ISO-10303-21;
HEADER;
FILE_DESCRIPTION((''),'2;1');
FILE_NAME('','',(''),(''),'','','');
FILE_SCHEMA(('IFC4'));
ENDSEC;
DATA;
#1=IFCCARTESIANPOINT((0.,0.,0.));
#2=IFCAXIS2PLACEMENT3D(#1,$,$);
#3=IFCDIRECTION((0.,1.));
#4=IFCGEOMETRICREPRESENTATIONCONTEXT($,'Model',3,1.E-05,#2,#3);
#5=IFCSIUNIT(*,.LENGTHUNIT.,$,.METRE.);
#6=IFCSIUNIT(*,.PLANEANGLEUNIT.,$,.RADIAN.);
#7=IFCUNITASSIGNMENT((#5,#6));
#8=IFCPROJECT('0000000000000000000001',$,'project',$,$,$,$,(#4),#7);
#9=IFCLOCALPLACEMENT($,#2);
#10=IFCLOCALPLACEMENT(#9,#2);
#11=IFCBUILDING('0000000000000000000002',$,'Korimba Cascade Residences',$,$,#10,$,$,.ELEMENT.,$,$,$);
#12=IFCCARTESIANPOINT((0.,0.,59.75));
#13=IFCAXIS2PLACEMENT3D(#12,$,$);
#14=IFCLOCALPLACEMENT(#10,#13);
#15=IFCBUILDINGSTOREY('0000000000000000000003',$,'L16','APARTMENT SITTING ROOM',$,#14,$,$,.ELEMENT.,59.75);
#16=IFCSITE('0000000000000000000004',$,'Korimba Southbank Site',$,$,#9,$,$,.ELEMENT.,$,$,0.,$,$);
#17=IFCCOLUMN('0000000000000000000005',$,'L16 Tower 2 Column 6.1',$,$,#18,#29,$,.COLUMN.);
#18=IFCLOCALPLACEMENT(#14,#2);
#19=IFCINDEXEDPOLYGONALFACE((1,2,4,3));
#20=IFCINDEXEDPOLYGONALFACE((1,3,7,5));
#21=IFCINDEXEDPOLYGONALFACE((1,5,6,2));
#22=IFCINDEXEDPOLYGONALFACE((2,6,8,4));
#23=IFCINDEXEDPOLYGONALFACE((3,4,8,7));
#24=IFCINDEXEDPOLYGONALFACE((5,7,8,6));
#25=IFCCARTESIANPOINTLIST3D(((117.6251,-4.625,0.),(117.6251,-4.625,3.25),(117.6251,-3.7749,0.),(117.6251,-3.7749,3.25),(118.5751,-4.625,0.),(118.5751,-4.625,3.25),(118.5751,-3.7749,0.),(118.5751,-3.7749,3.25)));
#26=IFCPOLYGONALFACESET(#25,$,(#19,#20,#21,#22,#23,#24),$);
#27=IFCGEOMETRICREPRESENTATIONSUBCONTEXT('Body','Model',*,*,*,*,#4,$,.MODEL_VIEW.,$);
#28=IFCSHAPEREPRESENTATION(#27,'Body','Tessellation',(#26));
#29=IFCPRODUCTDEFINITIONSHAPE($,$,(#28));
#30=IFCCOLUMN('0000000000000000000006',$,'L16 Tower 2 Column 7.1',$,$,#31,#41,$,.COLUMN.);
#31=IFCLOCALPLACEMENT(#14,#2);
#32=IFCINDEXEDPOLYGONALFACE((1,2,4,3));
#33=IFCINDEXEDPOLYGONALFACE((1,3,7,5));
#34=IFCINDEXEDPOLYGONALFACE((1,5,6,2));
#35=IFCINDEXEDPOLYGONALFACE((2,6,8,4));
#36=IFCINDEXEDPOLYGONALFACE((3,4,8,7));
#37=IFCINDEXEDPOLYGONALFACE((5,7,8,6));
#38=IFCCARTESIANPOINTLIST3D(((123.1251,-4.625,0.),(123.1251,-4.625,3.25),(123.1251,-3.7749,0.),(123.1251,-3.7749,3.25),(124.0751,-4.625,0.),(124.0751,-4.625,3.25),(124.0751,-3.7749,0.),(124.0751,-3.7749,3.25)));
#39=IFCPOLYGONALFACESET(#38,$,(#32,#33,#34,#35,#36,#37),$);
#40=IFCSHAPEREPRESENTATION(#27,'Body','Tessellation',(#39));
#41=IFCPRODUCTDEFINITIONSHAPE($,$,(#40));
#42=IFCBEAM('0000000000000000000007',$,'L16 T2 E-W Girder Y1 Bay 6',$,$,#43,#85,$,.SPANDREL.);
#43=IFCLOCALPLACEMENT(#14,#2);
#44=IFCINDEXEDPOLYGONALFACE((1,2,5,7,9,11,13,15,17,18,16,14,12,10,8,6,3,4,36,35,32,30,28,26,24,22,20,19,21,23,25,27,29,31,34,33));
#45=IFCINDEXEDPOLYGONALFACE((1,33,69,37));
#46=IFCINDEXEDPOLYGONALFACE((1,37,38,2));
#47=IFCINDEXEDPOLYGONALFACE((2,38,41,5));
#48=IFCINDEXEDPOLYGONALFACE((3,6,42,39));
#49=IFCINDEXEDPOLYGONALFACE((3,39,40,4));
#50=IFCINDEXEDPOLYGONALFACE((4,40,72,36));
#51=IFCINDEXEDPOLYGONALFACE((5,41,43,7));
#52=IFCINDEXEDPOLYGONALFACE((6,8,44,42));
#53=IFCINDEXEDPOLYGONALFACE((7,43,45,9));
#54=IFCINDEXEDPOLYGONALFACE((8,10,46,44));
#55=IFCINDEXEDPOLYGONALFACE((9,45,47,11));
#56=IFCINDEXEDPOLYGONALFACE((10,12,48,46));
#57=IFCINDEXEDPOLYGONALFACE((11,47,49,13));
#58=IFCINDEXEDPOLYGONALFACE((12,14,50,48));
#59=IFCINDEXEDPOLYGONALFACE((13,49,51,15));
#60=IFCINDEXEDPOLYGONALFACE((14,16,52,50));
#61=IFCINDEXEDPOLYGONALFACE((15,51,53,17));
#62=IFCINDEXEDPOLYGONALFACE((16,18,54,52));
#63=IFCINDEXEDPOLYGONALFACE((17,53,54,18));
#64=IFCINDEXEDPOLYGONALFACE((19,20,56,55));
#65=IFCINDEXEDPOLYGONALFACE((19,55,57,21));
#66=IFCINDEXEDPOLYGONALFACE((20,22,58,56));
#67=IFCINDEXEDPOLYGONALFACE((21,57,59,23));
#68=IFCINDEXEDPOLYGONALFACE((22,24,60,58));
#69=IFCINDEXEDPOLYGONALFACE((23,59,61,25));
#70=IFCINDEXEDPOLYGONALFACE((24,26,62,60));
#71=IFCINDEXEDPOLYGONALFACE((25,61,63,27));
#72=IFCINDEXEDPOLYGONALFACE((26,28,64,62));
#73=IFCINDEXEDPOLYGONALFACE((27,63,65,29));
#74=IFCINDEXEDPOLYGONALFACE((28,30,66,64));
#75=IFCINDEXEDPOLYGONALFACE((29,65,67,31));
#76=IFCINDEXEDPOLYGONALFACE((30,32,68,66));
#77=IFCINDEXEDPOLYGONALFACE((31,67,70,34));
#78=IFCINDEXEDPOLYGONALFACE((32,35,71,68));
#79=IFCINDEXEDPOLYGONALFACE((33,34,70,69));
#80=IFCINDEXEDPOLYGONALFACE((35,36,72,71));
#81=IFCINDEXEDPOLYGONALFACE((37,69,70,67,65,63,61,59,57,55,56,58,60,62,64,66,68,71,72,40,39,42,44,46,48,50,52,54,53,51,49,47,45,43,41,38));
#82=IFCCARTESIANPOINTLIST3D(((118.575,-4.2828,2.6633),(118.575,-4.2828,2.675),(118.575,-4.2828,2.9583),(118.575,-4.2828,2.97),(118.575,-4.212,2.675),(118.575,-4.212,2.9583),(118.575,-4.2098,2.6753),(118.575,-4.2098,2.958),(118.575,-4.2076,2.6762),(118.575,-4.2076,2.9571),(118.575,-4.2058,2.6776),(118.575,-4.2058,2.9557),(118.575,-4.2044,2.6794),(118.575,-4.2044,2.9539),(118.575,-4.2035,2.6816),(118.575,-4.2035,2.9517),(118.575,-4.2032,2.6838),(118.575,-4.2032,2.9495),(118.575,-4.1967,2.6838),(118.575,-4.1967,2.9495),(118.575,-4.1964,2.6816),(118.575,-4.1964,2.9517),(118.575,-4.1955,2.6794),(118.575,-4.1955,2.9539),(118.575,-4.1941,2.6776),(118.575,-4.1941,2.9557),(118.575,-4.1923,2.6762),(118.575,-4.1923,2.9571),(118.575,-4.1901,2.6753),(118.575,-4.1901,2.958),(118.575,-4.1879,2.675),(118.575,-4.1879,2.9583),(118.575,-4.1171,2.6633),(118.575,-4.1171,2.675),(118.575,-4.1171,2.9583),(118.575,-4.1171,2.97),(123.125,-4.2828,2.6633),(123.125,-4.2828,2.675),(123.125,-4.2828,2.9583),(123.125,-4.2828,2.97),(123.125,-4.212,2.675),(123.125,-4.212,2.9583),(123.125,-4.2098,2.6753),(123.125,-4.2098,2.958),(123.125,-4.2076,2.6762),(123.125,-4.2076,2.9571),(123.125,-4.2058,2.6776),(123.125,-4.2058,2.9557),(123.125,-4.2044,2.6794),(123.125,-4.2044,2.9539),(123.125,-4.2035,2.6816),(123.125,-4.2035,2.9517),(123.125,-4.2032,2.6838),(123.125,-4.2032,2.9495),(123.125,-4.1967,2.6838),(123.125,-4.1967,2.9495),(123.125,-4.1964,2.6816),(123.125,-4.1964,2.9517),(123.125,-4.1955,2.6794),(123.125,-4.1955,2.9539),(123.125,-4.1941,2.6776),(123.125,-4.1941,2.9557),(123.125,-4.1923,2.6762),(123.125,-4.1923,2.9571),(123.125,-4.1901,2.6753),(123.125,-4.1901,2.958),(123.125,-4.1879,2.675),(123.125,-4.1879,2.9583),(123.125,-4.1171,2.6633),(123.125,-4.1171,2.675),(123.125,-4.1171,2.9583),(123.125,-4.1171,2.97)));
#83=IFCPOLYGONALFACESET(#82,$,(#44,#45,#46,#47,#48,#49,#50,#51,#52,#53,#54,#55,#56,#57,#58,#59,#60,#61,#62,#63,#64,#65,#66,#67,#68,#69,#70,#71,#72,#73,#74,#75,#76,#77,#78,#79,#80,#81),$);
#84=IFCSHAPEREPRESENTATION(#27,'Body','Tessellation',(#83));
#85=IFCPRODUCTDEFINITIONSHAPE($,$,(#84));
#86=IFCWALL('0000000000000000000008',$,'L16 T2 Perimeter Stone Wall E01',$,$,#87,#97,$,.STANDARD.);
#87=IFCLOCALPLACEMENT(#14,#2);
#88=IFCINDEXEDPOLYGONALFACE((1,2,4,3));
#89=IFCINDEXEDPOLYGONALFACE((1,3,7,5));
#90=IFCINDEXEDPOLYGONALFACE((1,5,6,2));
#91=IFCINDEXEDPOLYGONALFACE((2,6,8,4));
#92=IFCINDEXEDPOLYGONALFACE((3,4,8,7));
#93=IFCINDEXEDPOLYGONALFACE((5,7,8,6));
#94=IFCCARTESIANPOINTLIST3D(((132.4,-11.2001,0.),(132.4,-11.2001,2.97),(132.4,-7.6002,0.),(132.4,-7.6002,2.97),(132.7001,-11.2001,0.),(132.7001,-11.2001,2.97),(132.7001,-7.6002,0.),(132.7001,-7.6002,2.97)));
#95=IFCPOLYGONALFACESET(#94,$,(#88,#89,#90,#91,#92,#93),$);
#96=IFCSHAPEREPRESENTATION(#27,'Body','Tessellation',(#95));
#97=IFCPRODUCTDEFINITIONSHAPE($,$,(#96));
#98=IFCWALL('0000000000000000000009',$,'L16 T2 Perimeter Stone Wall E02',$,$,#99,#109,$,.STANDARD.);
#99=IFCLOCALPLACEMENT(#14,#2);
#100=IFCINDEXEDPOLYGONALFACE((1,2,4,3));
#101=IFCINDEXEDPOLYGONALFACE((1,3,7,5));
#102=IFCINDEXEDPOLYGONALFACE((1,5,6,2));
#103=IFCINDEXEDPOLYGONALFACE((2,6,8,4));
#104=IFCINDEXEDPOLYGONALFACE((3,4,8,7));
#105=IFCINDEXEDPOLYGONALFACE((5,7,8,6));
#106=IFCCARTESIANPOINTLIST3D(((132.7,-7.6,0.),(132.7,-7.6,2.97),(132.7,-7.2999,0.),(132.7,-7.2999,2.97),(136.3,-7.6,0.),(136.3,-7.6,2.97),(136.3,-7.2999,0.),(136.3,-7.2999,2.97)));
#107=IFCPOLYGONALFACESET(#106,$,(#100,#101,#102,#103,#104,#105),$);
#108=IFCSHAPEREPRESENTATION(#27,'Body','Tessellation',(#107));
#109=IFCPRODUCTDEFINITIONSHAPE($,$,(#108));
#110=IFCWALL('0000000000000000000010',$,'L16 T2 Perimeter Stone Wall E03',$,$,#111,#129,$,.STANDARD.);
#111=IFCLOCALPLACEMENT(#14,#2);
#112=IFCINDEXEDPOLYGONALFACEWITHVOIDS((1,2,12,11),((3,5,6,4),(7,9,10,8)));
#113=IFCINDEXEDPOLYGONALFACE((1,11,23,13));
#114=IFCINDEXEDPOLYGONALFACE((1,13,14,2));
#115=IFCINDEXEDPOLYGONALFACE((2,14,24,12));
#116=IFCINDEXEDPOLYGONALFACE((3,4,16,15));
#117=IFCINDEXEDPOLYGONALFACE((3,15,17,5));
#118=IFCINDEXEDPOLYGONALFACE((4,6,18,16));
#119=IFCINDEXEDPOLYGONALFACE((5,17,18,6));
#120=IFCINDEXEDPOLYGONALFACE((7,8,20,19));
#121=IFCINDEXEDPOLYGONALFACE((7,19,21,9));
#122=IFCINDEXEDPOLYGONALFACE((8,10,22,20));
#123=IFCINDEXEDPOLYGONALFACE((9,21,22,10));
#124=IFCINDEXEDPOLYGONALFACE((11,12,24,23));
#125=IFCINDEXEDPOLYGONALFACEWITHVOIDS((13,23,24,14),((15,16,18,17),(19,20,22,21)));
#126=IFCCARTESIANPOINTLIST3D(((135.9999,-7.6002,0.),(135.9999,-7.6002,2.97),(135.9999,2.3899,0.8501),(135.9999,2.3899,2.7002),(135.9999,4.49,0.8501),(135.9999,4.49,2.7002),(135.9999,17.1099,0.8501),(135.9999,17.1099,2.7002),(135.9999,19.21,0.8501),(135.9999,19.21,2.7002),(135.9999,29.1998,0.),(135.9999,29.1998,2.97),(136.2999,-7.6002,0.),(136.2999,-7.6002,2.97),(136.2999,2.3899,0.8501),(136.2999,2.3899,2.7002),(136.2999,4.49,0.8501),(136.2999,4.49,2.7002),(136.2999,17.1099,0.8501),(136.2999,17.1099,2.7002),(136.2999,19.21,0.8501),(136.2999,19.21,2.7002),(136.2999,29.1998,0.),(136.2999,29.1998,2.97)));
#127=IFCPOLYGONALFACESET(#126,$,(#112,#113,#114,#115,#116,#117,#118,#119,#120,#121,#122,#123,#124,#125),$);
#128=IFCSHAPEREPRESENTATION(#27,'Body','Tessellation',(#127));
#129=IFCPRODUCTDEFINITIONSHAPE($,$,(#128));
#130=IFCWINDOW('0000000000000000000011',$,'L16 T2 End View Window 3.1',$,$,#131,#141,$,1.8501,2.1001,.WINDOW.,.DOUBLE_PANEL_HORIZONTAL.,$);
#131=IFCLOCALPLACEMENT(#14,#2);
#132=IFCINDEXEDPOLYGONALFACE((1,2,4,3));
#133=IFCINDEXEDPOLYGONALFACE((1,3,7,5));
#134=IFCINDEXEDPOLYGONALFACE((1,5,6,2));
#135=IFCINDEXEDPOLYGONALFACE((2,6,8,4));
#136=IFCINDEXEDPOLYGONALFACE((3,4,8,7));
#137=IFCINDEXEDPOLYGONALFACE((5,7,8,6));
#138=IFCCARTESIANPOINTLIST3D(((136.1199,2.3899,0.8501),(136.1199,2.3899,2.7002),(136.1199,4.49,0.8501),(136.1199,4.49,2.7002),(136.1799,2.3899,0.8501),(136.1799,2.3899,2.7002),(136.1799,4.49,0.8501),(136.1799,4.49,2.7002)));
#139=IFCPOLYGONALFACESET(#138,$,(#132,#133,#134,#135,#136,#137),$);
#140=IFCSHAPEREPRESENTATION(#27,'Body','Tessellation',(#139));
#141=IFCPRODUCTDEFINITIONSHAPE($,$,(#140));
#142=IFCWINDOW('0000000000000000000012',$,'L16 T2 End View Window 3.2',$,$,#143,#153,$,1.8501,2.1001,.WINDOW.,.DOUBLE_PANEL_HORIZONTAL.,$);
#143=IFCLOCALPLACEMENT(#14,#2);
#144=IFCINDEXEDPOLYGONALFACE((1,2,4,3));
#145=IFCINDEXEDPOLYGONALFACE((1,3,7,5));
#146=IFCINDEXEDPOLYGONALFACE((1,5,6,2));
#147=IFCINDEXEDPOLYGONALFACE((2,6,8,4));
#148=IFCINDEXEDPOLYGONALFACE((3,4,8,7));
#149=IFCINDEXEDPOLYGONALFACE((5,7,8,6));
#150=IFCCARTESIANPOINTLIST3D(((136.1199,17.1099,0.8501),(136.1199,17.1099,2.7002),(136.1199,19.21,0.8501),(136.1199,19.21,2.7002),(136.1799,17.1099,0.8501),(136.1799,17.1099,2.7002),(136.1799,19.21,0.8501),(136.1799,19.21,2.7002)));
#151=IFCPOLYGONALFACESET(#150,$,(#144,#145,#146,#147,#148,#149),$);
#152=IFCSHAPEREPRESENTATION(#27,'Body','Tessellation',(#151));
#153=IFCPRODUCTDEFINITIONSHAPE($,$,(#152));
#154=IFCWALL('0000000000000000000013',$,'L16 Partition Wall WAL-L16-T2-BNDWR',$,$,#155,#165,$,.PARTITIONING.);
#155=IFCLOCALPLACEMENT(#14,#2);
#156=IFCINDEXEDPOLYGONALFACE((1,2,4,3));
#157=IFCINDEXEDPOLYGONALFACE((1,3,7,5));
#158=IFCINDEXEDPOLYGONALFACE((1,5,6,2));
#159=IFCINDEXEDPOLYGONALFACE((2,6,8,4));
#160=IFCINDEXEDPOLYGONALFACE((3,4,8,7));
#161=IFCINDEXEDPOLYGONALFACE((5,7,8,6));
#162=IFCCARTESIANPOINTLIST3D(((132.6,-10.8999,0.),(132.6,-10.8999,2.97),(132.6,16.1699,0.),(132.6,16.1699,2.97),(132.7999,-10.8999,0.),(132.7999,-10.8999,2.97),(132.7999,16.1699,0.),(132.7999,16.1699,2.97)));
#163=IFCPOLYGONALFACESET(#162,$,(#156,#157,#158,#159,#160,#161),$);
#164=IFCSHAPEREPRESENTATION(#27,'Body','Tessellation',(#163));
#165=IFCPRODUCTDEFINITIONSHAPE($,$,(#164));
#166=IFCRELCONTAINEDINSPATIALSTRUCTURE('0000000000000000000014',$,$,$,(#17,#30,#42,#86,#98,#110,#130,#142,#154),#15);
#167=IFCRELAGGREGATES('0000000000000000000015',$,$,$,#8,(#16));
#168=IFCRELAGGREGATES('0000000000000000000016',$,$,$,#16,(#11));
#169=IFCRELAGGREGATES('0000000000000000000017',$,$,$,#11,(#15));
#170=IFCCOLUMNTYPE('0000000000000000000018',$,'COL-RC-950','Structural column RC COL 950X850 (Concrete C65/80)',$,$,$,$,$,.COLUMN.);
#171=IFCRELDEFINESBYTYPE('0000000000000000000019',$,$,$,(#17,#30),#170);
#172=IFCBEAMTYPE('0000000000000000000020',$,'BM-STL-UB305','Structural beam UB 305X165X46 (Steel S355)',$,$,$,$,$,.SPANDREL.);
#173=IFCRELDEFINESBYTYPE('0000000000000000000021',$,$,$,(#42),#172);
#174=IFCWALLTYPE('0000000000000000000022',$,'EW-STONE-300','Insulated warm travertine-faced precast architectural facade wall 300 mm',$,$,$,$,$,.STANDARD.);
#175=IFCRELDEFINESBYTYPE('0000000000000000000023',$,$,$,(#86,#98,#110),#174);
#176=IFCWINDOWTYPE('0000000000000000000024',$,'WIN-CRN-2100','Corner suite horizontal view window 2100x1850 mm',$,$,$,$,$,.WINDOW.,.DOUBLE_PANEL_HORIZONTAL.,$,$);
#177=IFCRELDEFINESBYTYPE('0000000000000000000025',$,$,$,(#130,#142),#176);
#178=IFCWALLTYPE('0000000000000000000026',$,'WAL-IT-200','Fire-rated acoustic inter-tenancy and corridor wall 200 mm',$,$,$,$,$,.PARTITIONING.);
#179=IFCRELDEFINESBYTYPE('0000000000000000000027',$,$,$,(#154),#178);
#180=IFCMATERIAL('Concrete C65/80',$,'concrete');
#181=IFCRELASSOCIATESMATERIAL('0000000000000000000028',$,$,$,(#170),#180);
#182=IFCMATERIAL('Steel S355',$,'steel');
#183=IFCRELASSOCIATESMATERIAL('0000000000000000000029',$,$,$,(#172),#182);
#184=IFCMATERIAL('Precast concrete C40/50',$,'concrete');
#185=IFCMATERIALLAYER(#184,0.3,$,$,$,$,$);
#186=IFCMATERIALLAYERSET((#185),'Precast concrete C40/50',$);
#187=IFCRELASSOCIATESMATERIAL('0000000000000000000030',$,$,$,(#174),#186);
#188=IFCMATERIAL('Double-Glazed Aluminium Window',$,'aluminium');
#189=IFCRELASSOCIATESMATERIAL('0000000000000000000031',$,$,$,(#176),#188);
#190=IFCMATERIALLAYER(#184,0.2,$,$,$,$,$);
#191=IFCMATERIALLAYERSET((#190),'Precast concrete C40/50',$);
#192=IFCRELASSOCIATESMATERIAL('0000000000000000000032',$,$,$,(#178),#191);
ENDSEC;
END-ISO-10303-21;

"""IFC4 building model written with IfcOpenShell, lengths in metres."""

from ifc_helpers import new_model, si_unit, direction, frame, frame_2d, origin, origin_2d, place, context, subcontext, project, spatial, rectangle, i_section, extrude, material, layer, layer_set, material_profile, profile_set, type_object, element, fill, save


model = new_model("IFC4")

# Units and contexts
model_context = context("Model", 3, precision=1e-05, world=origin(), true_north=direction((0.0, 1.0)))
body_context = subcontext(model_context, "Body", "Model", "MODEL_VIEW")
ifc_project = project(units=[si_unit("LENGTHUNIT", "METRE"), si_unit("PLANEANGLEUNIT", "RADIAN")], contexts=[model_context])

# Site, building, storey
site_placement = place(None, origin())
site = spatial("IfcSite", under=ifc_project, at=site_placement, Name="Korimba Southbank Site", CompositionType="ELEMENT", RefElevation=0.0)
building_placement = place(site_placement, origin())
building = spatial("IfcBuilding", under=site, at=building_placement, Name="Korimba Cascade Residences", CompositionType="ELEMENT")
storey_placement = place(building_placement, frame((0.0, 0.0, 59.75)))
storey = spatial("IfcBuildingStorey", under=building, at=storey_placement, Name="L16", Description="APARTMENT SITTING ROOM", CompositionType="ELEMENT", Elevation=59.75)

# Columns
ifc_material_1 = material(Name="Concrete C65/80", Category="concrete")
ifc_material_profile_1 = material_profile(ifc_material_1, rectangle(XDim=0.95, YDim=0.8501, at=origin_2d()), Name="Concrete C65/80")
ifc_profile_set_1 = profile_set([ifc_material_profile_1], Name="Concrete C65/80")
column_type = type_object("IfcColumnType", Name="COL-RC-950", Description="Structural column RC COL 950X850 (Concrete C65/80)", PredefinedType="COLUMN", material=ifc_profile_set_1)
for number, where, z_axis, x_axis, name in (
    (1, (118.1001, -4.2, 0.0), (0.0, 0.0, 1.0), (1.0, 0.0, 0.0), "L16 Tower 2 Column 6.1"),
    (2, (123.6001, -4.2, 0.0), (0.0, 0.0, 1.0), (1.0, 0.0, 0.0), "L16 Tower 2 Column 7.1"),
):
    element("IfcColumn", number, at=place(storey_placement, frame(where, z_axis=z_axis, x_axis=x_axis)), inside=storey, type_object=column_type, Name=name, PredefinedType="COLUMN", context=body_context, shape_type="SweptSolid", body=[
        extrude(rectangle(XDim=0.95, YDim=0.8501, at=origin_2d()), origin(), (0.0, 0.0, 1.0), 3.25),
    ])

# Beam
ifc_material_2 = material(Name="Steel S355", Category="steel")
ifc_material_profile_2 = material_profile(ifc_material_2, i_section(OverallWidth=0.1658, OverallDepth=0.3066, WebThickness=0.0066, FlangeThickness=0.0117, FilletRadius=0.0088, at=origin_2d()), Name="Steel S355")
ifc_profile_set_2 = profile_set([ifc_material_profile_2], Name="Steel S355")
beam_type = type_object("IfcBeamType", Name="BM-STL-UB305", Description="Structural beam UB 305X165X46 (Steel S355)", PredefinedType="SPANDREL", material=ifc_profile_set_2)
beam_placement = place(storey_placement, frame((118.575, -4.2, 2.8167), z_axis=(1.0, 0.0, 0.0), x_axis=(0.0, 1.0, 0.0)))
element("IfcBeam", 3, at=beam_placement, inside=storey, type_object=beam_type, Name="L16 T2 E-W Girder Y1 Bay 6", PredefinedType="SPANDREL", context=body_context, shape_type="SweptSolid", body=[
    extrude(i_section(OverallWidth=0.1658, OverallDepth=0.3066, WebThickness=0.0066, FlangeThickness=0.0117, FilletRadius=0.0088, at=origin_2d()), origin(), (0.0, 0.0, 1.0), 4.55),
])

# Walls
ifc_material_3 = material(Name="Precast concrete C40/50", Category="concrete")
ifc_layer_1 = layer(ifc_material_3, 0.3)
ifc_layer_set_1 = layer_set([ifc_layer_1], Name="Precast concrete C40/50")
wall_type_1 = type_object("IfcWallType", Name="EW-STONE-300", Description="Insulated warm travertine-faced precast architectural facade wall 300 mm", PredefinedType="STANDARD", material=ifc_layer_set_1)
wall_1_placement = place(storey_placement, frame((132.55, -11.2, 0.0), z_axis=(0.0, 0.0, 1.0), x_axis=(0.0, 1.0, 0.0)))
element("IfcWall", 4, at=wall_1_placement, inside=storey, type_object=wall_type_1, Name="L16 T2 Perimeter Stone Wall E01", PredefinedType="STANDARD", context=body_context, shape_type="SweptSolid", body=[
    extrude(rectangle(XDim=3.5999, YDim=0.3, at=frame_2d((1.7998, 0.0))), origin(), (0.0, 0.0, 1.0), 2.97),
])
wall_2_placement = place(storey_placement, frame((132.7, -7.45, 0.0), z_axis=(0.0, 0.0, 1.0), x_axis=(1.0, 0.0, 0.0)))
element("IfcWall", 5, at=wall_2_placement, inside=storey, type_object=wall_type_1, Name="L16 T2 Perimeter Stone Wall E02", PredefinedType="STANDARD", context=body_context, shape_type="SweptSolid", body=[
    extrude(rectangle(XDim=3.6001, YDim=0.3, at=frame_2d((1.8, 0.0))), origin(), (0.0, 0.0, 1.0), 2.97),
])

# Wall, openings, windows
wall_3_placement = place(storey_placement, frame((136.1499, -7.6001, 0.0), z_axis=(0.0, 0.0, 1.0), x_axis=(0.0, 1.0, 0.0)))
wall_3 = element("IfcWall", 6, at=wall_3_placement, inside=storey, type_object=wall_type_1, Name="L16 T2 Perimeter Stone Wall E03", PredefinedType="STANDARD", context=body_context, shape_type="SweptSolid", body=[
    extrude(rectangle(XDim=36.8, YDim=0.3, at=frame_2d((18.3999, 0.0))), origin(), (0.0, 0.0, 1.0), 2.97),
])
opening_1_placement = place(wall_3_placement, frame((9.99, 0.0, 0.8501)))
opening_1 = element("IfcOpeningElement", 7, at=opening_1_placement, cuts=wall_3, PredefinedType="OPENING", context=body_context, shape_type="SweptSolid", body=[
    extrude(rectangle(XDim=2.1001, YDim=1.8501, at=frame_2d((1.05, 0.925))), frame((0.0, 0.1602, 0.0), z_axis=(0.0, -1.0, 0.0), x_axis=(1.0, 0.0, 0.0)), (0.0, 0.0, 1.0), 0.3201),
])
opening_2_placement = place(wall_3_placement, frame((24.71, 0.0, 0.8501)))
opening_2 = element("IfcOpeningElement", 8, at=opening_2_placement, cuts=wall_3, PredefinedType="OPENING", context=body_context, shape_type="SweptSolid", body=[
    extrude(rectangle(XDim=2.1001, YDim=1.8501, at=frame_2d((1.05, 0.925))), frame((0.0, 0.1602, 0.0), z_axis=(0.0, -1.0, 0.0), x_axis=(1.0, 0.0, 0.0)), (0.0, 0.0, 1.0), 0.3201),
])
ifc_material_4 = material(Name="Double-Glazed Aluminium Window", Category="aluminium")
window_type = type_object("IfcWindowType", Name="WIN-CRN-2100", Description="Corner suite horizontal view window 2100x1850 mm", PartitioningType="DOUBLE_PANEL_HORIZONTAL", PredefinedType="WINDOW", material=ifc_material_4)
window_1_placement = place(opening_1_placement, origin())
window_1 = element("IfcWindow", 9, at=window_1_placement, inside=storey, type_object=window_type, Name="L16 T2 End View Window 3.1", OverallHeight=1.8501, OverallWidth=2.1001, PartitioningType="DOUBLE_PANEL_HORIZONTAL", PredefinedType="WINDOW", context=body_context, shape_type="SweptSolid", body=[
    extrude(rectangle(XDim=2.1001, YDim=1.8501, at=frame_2d((1.05, 0.925))), frame((0.0, 0.03, 0.0), z_axis=(0.0, -1.0, 0.0), x_axis=(1.0, 0.0, 0.0)), (0.0, 0.0, 1.0), 0.0601),
])
fill(opening_1, window_1)
window_2_placement = place(opening_2_placement, origin())
window_2 = element("IfcWindow", 10, at=window_2_placement, inside=storey, type_object=window_type, Name="L16 T2 End View Window 3.2", OverallHeight=1.8501, OverallWidth=2.1001, PartitioningType="DOUBLE_PANEL_HORIZONTAL", PredefinedType="WINDOW", context=body_context, shape_type="SweptSolid", body=[
    extrude(rectangle(XDim=2.1001, YDim=1.8501, at=frame_2d((1.05, 0.925))), frame((0.0, 0.03, 0.0), z_axis=(0.0, -1.0, 0.0), x_axis=(1.0, 0.0, 0.0)), (0.0, 0.0, 1.0), 0.0601),
])
fill(opening_2, window_2)

# Wall
ifc_layer_2 = layer(ifc_material_3, 0.2)
ifc_layer_set_2 = layer_set([ifc_layer_2], Name="Precast concrete C40/50")
wall_type_2 = type_object("IfcWallType", Name="WAL-IT-200", Description="Fire-rated acoustic inter-tenancy and corridor wall 200 mm", PredefinedType="PARTITIONING", material=ifc_layer_set_2)
wall_4_placement = place(storey_placement, frame((132.7, -10.8999, 0.0), z_axis=(0.0, 0.0, 1.0), x_axis=(0.0, 1.0, 0.0)))
element("IfcWall", 11, at=wall_4_placement, inside=storey, type_object=wall_type_2, Name="L16 Partition Wall WAL-L16-T2-BNDWR", PredefinedType="PARTITIONING", context=body_context, shape_type="SweptSolid", body=[
    extrude(rectangle(XDim=27.0698, YDim=0.2, at=frame_2d((13.5349, 0.0))), origin(), (0.0, 0.0, 1.0), 2.97),
])

save(model, "model.ifc")
